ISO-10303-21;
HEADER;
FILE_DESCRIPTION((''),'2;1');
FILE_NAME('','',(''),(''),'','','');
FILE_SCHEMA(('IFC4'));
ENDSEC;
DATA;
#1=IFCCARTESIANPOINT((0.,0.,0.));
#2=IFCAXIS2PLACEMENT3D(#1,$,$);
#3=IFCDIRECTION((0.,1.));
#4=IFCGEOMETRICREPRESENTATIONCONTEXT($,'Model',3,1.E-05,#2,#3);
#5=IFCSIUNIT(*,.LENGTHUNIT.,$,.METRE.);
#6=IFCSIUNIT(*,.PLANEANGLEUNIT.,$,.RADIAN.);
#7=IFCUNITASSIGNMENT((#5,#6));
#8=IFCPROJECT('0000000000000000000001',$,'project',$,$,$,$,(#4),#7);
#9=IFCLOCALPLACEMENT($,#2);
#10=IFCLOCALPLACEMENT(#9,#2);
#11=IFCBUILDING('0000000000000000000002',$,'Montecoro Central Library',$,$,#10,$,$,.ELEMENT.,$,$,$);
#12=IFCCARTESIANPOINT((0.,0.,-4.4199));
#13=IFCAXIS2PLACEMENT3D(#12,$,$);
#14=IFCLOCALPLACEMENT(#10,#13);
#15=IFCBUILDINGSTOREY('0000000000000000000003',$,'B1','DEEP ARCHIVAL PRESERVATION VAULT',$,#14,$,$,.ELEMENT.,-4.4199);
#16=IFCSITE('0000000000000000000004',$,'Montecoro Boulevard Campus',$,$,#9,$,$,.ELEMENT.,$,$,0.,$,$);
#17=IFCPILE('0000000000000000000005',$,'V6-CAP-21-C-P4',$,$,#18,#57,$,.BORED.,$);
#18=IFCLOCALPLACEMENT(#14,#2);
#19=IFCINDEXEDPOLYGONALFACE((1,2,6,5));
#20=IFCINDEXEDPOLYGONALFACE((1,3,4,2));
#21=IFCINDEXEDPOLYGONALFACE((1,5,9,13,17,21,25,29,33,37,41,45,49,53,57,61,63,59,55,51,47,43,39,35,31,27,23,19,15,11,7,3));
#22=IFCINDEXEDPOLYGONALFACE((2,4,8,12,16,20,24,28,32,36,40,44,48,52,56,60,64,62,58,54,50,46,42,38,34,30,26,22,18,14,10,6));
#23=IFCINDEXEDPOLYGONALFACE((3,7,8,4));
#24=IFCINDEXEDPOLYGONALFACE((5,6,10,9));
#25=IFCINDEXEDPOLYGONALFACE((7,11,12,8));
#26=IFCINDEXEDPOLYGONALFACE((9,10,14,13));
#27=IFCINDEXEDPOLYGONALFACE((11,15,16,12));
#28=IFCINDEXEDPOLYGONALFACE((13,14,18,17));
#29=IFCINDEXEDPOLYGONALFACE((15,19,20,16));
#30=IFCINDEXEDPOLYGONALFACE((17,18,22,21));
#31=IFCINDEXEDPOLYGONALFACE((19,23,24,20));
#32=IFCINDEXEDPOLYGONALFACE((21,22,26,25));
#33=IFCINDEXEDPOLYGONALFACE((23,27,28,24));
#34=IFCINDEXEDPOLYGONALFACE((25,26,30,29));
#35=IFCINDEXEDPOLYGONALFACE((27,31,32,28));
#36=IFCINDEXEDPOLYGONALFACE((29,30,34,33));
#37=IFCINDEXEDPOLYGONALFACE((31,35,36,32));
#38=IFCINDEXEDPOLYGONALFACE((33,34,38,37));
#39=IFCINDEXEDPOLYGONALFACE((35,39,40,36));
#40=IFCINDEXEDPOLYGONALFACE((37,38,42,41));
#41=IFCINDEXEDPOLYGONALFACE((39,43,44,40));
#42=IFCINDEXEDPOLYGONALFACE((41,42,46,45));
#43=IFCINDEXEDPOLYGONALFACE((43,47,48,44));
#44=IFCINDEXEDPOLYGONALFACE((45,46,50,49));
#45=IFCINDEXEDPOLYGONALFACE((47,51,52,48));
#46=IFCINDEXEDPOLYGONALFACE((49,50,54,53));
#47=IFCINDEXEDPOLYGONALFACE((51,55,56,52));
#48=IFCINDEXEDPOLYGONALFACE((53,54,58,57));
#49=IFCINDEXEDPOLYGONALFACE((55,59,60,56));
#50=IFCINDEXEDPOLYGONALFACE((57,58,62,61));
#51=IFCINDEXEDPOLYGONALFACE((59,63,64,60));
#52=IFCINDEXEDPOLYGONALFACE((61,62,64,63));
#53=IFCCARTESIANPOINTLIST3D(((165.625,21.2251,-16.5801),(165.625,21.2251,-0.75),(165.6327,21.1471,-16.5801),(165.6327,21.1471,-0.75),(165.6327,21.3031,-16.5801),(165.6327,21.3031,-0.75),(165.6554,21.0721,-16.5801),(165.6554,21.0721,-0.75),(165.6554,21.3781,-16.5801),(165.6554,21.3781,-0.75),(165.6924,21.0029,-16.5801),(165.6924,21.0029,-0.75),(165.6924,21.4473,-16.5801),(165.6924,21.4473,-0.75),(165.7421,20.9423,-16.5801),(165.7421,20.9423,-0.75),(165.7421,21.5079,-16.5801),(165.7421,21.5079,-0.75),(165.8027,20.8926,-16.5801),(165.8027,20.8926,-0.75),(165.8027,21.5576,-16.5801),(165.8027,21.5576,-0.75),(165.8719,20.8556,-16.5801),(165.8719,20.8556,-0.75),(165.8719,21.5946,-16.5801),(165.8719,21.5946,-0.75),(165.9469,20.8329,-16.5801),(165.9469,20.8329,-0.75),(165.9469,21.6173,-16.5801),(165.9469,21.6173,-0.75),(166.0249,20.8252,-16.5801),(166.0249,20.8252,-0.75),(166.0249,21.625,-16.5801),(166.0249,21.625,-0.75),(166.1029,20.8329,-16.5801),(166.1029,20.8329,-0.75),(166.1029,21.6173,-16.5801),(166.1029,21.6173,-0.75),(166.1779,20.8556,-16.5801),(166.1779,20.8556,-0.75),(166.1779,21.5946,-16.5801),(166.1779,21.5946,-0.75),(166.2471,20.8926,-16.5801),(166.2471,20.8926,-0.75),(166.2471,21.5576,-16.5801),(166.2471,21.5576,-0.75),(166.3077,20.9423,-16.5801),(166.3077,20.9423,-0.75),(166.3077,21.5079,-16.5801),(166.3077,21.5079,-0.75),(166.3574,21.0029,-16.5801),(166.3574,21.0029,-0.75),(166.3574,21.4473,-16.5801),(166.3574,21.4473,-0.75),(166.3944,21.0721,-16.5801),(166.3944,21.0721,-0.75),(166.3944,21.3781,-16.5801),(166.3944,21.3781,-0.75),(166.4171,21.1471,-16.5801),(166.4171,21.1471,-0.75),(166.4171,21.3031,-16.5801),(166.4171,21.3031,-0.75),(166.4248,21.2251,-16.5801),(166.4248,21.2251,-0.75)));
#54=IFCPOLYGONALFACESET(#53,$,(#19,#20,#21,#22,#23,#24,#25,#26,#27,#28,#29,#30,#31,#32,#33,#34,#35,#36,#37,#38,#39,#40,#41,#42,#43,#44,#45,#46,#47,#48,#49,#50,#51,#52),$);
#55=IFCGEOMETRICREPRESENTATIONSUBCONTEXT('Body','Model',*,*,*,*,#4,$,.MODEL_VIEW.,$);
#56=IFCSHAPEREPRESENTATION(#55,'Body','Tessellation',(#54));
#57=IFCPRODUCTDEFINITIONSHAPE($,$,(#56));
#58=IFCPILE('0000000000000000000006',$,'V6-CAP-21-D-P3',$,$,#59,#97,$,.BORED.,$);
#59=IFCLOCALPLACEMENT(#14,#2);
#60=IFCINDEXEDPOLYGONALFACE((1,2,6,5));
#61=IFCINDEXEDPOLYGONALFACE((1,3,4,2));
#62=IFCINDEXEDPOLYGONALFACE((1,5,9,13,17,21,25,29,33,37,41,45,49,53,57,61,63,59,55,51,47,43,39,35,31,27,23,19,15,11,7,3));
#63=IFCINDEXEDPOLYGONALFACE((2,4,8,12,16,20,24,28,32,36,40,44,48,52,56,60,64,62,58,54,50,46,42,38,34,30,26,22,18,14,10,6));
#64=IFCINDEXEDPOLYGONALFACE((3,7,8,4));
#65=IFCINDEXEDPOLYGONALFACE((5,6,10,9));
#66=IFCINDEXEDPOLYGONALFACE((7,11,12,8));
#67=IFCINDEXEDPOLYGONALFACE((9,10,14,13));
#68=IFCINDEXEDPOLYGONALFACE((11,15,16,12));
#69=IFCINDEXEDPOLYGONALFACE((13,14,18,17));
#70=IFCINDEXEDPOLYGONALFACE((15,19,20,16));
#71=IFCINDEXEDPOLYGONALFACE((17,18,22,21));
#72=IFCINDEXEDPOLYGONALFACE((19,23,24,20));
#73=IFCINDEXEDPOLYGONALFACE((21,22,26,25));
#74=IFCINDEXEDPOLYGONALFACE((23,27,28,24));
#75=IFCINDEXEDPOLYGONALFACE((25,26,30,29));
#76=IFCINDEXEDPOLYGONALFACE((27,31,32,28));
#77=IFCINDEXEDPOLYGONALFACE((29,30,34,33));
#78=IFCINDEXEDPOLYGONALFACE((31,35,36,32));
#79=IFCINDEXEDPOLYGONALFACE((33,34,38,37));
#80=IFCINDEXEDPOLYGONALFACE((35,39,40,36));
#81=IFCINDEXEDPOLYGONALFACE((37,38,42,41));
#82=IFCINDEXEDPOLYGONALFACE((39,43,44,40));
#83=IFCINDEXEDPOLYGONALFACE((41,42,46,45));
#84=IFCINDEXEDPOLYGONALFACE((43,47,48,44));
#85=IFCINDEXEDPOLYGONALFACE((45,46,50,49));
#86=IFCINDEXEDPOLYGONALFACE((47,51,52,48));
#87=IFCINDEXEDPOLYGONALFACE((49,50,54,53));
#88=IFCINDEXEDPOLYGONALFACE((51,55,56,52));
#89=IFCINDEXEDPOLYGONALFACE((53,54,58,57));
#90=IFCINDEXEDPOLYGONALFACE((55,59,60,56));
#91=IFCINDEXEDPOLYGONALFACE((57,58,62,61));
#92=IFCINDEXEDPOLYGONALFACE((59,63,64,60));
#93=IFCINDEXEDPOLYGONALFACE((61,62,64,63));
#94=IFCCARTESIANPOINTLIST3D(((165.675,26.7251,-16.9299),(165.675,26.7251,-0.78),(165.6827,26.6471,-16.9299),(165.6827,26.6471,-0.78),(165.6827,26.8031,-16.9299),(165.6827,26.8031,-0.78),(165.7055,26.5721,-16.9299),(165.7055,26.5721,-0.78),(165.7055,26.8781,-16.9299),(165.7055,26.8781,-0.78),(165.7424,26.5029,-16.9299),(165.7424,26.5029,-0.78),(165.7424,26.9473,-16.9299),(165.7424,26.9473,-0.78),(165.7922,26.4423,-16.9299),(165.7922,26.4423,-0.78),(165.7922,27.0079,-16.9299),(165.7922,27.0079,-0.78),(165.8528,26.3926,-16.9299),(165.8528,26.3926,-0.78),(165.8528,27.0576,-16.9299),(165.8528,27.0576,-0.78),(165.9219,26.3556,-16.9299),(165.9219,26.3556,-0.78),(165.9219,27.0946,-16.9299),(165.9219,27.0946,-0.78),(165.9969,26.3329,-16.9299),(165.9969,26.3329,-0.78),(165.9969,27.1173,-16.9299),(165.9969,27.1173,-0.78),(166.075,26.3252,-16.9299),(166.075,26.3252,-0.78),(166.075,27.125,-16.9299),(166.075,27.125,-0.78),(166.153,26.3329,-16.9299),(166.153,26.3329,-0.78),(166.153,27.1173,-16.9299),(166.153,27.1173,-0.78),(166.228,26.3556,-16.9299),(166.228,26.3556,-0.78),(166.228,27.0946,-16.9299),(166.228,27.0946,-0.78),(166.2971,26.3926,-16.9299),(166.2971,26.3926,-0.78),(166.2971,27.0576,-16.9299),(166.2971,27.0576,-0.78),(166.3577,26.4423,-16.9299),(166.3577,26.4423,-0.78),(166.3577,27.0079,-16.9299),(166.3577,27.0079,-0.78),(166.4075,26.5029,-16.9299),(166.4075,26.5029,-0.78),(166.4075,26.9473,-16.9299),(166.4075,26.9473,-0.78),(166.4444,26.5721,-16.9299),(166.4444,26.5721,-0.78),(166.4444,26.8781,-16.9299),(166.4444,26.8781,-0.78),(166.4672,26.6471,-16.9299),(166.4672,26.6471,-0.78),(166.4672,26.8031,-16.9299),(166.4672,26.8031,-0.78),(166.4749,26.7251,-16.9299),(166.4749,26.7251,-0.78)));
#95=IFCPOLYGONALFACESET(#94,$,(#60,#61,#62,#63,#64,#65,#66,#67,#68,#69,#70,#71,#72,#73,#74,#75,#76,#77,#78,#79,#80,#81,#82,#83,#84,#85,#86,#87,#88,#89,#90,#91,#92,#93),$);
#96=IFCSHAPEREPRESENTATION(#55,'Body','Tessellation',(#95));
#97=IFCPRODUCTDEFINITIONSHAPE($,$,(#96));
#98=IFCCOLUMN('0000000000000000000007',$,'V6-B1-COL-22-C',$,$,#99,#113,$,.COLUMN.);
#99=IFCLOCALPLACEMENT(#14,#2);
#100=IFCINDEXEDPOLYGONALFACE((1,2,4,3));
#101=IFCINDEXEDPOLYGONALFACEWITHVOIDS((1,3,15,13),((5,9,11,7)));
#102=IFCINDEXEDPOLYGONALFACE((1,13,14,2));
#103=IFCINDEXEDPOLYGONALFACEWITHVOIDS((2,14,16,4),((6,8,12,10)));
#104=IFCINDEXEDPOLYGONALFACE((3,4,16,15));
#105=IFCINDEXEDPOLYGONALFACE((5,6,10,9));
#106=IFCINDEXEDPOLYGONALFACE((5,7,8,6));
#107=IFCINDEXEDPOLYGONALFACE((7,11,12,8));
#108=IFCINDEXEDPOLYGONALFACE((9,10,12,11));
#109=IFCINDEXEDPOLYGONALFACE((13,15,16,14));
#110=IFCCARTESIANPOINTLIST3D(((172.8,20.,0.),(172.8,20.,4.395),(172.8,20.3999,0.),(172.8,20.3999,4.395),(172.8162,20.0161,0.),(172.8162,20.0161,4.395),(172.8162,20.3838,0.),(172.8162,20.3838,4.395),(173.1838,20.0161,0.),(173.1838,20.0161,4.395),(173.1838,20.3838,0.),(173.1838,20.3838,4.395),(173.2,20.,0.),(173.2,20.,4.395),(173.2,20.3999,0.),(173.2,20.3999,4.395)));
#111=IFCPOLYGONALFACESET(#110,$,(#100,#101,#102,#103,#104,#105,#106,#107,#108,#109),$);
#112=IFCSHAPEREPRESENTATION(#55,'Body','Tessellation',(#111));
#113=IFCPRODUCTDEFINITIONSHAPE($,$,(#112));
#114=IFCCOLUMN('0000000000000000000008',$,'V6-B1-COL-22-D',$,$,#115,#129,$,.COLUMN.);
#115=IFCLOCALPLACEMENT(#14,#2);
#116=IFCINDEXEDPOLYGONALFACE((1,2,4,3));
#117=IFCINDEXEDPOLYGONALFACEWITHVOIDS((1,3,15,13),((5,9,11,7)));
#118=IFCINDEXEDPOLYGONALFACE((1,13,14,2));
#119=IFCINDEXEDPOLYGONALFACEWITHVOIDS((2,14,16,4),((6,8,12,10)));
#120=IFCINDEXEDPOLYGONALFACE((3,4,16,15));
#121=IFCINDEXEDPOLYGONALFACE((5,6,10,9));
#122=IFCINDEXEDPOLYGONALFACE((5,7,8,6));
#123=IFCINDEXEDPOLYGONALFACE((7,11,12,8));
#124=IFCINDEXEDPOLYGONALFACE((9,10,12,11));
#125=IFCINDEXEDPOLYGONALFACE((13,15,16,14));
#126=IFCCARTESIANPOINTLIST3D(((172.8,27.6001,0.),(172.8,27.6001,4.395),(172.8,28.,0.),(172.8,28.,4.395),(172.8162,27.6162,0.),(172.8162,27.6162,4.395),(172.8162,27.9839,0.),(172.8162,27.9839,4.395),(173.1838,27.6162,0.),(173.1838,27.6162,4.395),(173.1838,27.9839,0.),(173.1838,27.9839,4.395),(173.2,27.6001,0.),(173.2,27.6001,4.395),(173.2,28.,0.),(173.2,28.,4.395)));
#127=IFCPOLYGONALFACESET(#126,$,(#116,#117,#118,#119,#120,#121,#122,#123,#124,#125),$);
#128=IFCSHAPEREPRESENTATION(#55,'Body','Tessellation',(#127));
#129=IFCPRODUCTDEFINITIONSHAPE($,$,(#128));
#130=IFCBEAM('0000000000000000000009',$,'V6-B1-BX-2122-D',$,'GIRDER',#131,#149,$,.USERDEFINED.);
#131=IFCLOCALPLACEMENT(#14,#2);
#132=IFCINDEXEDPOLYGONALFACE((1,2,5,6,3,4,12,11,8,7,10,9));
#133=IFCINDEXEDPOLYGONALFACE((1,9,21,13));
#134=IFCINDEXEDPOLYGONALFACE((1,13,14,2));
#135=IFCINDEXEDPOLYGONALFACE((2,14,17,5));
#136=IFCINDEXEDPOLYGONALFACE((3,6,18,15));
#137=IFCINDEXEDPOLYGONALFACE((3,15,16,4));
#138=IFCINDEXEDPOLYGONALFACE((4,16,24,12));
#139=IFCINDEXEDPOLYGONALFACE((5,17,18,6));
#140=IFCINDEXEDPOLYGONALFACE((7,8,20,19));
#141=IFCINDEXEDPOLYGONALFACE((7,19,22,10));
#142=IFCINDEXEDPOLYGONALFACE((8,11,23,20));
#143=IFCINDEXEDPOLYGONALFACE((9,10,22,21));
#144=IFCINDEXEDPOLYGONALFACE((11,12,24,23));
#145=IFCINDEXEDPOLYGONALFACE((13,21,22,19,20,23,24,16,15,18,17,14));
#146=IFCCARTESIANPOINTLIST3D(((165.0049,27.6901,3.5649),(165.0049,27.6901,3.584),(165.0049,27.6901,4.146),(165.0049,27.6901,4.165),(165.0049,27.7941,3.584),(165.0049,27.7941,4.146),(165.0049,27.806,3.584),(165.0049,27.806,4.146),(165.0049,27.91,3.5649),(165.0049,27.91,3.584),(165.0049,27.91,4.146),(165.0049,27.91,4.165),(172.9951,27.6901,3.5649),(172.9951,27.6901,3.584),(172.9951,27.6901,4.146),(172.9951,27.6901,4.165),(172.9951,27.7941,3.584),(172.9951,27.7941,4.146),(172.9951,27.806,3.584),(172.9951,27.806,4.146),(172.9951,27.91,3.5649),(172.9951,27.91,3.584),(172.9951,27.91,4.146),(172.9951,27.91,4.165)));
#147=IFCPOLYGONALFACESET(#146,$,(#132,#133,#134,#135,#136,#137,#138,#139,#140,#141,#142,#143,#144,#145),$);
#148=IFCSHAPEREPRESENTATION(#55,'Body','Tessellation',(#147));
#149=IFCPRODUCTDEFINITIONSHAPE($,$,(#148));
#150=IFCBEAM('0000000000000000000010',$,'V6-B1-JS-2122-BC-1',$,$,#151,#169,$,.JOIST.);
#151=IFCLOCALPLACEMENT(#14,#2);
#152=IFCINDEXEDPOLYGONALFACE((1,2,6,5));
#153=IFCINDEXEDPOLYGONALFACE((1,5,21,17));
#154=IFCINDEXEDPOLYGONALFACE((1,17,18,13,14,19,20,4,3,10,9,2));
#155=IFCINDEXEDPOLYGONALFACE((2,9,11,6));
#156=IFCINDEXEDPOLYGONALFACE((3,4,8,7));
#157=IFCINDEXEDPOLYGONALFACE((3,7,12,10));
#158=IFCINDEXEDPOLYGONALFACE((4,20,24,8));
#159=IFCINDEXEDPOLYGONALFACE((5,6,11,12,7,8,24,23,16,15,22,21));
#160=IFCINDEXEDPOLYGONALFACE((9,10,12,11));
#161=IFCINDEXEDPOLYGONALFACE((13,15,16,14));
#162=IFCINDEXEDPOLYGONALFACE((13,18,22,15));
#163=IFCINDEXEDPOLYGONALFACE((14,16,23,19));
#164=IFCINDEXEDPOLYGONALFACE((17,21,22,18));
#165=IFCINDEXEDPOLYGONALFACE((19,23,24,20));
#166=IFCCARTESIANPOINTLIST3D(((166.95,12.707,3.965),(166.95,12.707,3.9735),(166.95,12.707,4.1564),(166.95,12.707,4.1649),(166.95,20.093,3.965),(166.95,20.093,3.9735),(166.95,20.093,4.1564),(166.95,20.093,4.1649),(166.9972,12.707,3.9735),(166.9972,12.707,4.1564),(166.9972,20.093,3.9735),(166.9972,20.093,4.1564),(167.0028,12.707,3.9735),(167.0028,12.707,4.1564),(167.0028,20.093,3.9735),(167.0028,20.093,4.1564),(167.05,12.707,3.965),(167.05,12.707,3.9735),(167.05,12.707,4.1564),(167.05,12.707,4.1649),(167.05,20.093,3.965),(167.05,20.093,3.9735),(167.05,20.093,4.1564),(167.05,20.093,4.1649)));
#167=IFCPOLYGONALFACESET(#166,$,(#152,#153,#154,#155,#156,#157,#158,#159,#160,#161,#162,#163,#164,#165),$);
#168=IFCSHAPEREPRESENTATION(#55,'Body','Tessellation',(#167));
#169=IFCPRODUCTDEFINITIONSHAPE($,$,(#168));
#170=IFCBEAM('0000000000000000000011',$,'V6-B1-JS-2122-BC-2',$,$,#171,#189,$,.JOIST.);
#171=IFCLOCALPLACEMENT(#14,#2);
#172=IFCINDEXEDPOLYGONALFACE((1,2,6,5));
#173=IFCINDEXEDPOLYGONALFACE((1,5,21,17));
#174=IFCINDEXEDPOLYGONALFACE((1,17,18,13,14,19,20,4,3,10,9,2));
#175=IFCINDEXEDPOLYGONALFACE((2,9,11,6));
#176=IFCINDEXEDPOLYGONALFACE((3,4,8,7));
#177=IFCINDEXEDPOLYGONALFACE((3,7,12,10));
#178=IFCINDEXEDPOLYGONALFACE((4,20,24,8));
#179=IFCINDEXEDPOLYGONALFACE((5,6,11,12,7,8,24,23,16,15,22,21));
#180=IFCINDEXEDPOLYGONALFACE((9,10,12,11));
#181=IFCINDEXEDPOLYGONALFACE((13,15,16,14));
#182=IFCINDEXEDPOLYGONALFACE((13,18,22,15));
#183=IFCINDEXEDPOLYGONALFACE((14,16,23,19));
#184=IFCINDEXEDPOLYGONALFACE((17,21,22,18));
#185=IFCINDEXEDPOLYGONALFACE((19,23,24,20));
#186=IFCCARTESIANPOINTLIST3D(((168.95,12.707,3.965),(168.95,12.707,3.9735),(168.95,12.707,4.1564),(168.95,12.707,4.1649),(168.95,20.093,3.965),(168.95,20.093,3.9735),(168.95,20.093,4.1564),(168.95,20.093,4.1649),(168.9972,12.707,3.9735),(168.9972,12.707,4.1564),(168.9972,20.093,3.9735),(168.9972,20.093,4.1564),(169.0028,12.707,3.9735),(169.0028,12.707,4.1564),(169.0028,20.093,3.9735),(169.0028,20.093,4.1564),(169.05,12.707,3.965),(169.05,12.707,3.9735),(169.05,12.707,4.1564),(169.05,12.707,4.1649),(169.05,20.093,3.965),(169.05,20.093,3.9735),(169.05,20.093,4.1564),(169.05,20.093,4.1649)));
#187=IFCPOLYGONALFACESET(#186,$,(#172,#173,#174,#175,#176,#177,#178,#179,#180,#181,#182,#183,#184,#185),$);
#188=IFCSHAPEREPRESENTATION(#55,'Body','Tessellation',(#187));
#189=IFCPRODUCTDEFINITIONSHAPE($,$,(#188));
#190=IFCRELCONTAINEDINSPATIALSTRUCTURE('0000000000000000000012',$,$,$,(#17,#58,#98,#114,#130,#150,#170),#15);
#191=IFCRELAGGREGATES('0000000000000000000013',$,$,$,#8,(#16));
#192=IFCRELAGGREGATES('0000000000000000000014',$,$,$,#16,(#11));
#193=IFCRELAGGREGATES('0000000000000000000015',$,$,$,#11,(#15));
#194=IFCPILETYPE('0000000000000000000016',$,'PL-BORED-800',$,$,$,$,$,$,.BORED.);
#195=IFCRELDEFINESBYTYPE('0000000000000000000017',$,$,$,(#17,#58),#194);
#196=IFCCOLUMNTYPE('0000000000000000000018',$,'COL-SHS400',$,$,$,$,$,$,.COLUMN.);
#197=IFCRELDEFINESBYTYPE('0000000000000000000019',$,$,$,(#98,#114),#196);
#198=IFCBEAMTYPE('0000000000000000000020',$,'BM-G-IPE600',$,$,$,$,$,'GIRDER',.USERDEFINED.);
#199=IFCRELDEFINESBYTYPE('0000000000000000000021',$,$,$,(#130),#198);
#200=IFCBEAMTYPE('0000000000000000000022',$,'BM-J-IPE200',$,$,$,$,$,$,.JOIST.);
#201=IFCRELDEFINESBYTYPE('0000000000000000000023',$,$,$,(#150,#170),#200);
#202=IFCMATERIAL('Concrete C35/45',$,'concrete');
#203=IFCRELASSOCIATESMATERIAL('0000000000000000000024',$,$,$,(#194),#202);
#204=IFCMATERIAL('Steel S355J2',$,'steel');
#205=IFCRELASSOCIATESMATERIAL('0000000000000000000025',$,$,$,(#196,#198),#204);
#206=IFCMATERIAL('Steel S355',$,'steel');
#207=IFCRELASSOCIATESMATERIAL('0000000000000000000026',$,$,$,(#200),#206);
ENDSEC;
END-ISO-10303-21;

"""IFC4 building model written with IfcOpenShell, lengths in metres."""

from ifc_helpers import new_model, si_unit, direction, frame, origin, origin_2d, place, context, subcontext, project, spatial, hollow_rectangle, circle, i_section, extrude, material, material_profile, profile_set, type_object, element, save


model = new_model("IFC4")

# Units and contexts
model_context = context("Model", 3, precision=1e-05, world=origin(), true_north=direction((0.0, 1.0)))
body_context = subcontext(model_context, "Body", "Model", "MODEL_VIEW")
ifc_project = project(units=[si_unit("LENGTHUNIT", "METRE"), si_unit("PLANEANGLEUNIT", "RADIAN")], contexts=[model_context])

# Site, building, storey
site_placement = place(None, origin())
site = spatial("IfcSite", under=ifc_project, at=site_placement, Name="Montecoro Boulevard Campus", CompositionType="ELEMENT", RefElevation=0.0)
building_placement = place(site_placement, origin())
building = spatial("IfcBuilding", under=site, at=building_placement, Name="Montecoro Central Library", CompositionType="ELEMENT")
storey_placement = place(building_placement, frame((0.0, 0.0, -4.4199)))
storey = spatial("IfcBuildingStorey", under=building, at=storey_placement, Name="B1", Description="DEEP ARCHIVAL PRESERVATION VAULT", CompositionType="ELEMENT", Elevation=-4.4199)

# Shared definitions
ifc_material_1 = material(Name="Concrete C35/45", Category="concrete")

# Piles
ifc_material_profile_1 = material_profile(ifc_material_1, circle(Radius=0.3999, at=origin_2d()), Name="PILE D800")
ifc_profile_set_1 = profile_set([ifc_material_profile_1], Name="Concrete C35/45")
pile_type_1 = type_object("IfcPileType", Name="PL-BORED-800", PredefinedType="BORED", material=ifc_profile_set_1)
for number, where, z_axis, x_axis, name in (
    (1, (166.0249, 21.2251, -0.75), (0.0, 0.0, -1.0), (1.0, 0.0, 0.0), "V6-CAP-21-C-P4"),
):
    element("IfcPile", number, at=place(storey_placement, frame(where, z_axis=z_axis, x_axis=x_axis)), inside=storey, type_object=pile_type_1, Name=name, PredefinedType="BORED", context=body_context, shape_type="SweptSolid", body=[
        extrude(circle(Radius=0.3999, at=origin_2d()), origin(), (0.0, 0.0, 1.0), 15.8301),
    ])
pile_1_placement = place(storey_placement, frame((166.075, 26.7251, -0.78), z_axis=(0.0, 0.0, -1.0), x_axis=(1.0, 0.0, 0.0)))
element("IfcPile", 2, at=pile_1_placement, inside=storey, type_object=pile_type_1, Name="V6-CAP-21-D-P3", PredefinedType="BORED", context=body_context, shape_type="SweptSolid", body=[
    extrude(circle(Radius=0.3999, at=origin_2d()), origin(), (0.0, 0.0, 1.0), 16.1499),
])

# Columns
ifc_material_2 = material(Name="Steel S355J2", Category="steel")
ifc_material_profile_2 = material_profile(ifc_material_2, hollow_rectangle(XDim=0.3999, YDim=0.3999, WallThickness=0.0161, at=origin_2d()), Name="SHS 400x400x16.0")
ifc_profile_set_2 = profile_set([ifc_material_profile_2], Name="Steel S355J2")
column_type = type_object("IfcColumnType", Name="COL-SHS400", PredefinedType="COLUMN", material=ifc_profile_set_2)
for number, where, z_axis, x_axis, name in (
    (3, (173.0, 20.2, 0.0), (0.0, 0.0, 1.0), (1.0, 0.0, 0.0), "V6-B1-COL-22-C"),
    (4, (173.0, 27.8, 0.0), (0.0, 0.0, 1.0), (1.0, 0.0, 0.0), "V6-B1-COL-22-D"),
):
    element("IfcColumn", number, at=place(storey_placement, frame(where, z_axis=z_axis, x_axis=x_axis)), inside=storey, type_object=column_type, Name=name, PredefinedType="COLUMN", context=body_context, shape_type="SweptSolid", body=[
        extrude(hollow_rectangle(XDim=0.3999, YDim=0.3999, WallThickness=0.0161, at=origin_2d()), origin(), (0.0, 0.0, 1.0), 4.395),
    ])

# Beams
ifc_material_profile_3 = material_profile(ifc_material_2, i_section(OverallWidth=0.22, OverallDepth=0.6001, WebThickness=0.012, FlangeThickness=0.019, at=origin_2d()), Name="IPE 600")
ifc_profile_set_3 = profile_set([ifc_material_profile_3], Name="Steel S355J2")
beam_type_1 = type_object("IfcBeamType", Name="BM-G-IPE600", ElementType="GIRDER", PredefinedType="USERDEFINED", material=ifc_profile_set_3)
beam_1_placement = place(storey_placement, frame((165.0049, 27.8, 3.865), z_axis=(1.0, 0.0, 0.0), x_axis=(0.0, 1.0, 0.0)))
element("IfcBeam", 5, at=beam_1_placement, inside=storey, type_object=beam_type_1, Name="V6-B1-BX-2122-D", ObjectType="GIRDER", PredefinedType="USERDEFINED", context=body_context, shape_type="SweptSolid", body=[
    extrude(i_section(OverallWidth=0.22, OverallDepth=0.6001, WebThickness=0.012, FlangeThickness=0.019, at=origin_2d()), origin(), (0.0, 0.0, 1.0), 7.9902),
])
ifc_material_3 = material(Name="Steel S355", Category="steel")
ifc_material_profile_4 = material_profile(ifc_material_3, i_section(OverallWidth=0.1001, OverallDepth=0.2, WebThickness=0.0056, FlangeThickness=0.0085, at=origin_2d()), Name="IPE 200")
ifc_profile_set_4 = profile_set([ifc_material_profile_4], Name="Steel S355")
beam_type_2 = type_object("IfcBeamType", Name="BM-J-IPE200", PredefinedType="JOIST", material=ifc_profile_set_4)
for number, where, z_axis, x_axis, name in (
    (6, (167.0, 12.707, 4.0649), (0.0, 1.0, 0.0), (-1.0, 0.0, 0.0), "V6-B1-JS-2122-BC-1"),
    (7, (169.0, 12.707, 4.0649), (0.0, 1.0, 0.0), (-1.0, 0.0, 0.0), "V6-B1-JS-2122-BC-2"),
):
    element("IfcBeam", number, at=place(storey_placement, frame(where, z_axis=z_axis, x_axis=x_axis)), inside=storey, type_object=beam_type_2, Name=name, PredefinedType="JOIST", context=body_context, shape_type="SweptSolid", body=[
        extrude(i_section(OverallWidth=0.1001, OverallDepth=0.2, WebThickness=0.0056, FlangeThickness=0.0085, at=origin_2d()), origin(), (0.0, 0.0, 1.0), 7.386),
    ])

save(model, "model.ifc")
